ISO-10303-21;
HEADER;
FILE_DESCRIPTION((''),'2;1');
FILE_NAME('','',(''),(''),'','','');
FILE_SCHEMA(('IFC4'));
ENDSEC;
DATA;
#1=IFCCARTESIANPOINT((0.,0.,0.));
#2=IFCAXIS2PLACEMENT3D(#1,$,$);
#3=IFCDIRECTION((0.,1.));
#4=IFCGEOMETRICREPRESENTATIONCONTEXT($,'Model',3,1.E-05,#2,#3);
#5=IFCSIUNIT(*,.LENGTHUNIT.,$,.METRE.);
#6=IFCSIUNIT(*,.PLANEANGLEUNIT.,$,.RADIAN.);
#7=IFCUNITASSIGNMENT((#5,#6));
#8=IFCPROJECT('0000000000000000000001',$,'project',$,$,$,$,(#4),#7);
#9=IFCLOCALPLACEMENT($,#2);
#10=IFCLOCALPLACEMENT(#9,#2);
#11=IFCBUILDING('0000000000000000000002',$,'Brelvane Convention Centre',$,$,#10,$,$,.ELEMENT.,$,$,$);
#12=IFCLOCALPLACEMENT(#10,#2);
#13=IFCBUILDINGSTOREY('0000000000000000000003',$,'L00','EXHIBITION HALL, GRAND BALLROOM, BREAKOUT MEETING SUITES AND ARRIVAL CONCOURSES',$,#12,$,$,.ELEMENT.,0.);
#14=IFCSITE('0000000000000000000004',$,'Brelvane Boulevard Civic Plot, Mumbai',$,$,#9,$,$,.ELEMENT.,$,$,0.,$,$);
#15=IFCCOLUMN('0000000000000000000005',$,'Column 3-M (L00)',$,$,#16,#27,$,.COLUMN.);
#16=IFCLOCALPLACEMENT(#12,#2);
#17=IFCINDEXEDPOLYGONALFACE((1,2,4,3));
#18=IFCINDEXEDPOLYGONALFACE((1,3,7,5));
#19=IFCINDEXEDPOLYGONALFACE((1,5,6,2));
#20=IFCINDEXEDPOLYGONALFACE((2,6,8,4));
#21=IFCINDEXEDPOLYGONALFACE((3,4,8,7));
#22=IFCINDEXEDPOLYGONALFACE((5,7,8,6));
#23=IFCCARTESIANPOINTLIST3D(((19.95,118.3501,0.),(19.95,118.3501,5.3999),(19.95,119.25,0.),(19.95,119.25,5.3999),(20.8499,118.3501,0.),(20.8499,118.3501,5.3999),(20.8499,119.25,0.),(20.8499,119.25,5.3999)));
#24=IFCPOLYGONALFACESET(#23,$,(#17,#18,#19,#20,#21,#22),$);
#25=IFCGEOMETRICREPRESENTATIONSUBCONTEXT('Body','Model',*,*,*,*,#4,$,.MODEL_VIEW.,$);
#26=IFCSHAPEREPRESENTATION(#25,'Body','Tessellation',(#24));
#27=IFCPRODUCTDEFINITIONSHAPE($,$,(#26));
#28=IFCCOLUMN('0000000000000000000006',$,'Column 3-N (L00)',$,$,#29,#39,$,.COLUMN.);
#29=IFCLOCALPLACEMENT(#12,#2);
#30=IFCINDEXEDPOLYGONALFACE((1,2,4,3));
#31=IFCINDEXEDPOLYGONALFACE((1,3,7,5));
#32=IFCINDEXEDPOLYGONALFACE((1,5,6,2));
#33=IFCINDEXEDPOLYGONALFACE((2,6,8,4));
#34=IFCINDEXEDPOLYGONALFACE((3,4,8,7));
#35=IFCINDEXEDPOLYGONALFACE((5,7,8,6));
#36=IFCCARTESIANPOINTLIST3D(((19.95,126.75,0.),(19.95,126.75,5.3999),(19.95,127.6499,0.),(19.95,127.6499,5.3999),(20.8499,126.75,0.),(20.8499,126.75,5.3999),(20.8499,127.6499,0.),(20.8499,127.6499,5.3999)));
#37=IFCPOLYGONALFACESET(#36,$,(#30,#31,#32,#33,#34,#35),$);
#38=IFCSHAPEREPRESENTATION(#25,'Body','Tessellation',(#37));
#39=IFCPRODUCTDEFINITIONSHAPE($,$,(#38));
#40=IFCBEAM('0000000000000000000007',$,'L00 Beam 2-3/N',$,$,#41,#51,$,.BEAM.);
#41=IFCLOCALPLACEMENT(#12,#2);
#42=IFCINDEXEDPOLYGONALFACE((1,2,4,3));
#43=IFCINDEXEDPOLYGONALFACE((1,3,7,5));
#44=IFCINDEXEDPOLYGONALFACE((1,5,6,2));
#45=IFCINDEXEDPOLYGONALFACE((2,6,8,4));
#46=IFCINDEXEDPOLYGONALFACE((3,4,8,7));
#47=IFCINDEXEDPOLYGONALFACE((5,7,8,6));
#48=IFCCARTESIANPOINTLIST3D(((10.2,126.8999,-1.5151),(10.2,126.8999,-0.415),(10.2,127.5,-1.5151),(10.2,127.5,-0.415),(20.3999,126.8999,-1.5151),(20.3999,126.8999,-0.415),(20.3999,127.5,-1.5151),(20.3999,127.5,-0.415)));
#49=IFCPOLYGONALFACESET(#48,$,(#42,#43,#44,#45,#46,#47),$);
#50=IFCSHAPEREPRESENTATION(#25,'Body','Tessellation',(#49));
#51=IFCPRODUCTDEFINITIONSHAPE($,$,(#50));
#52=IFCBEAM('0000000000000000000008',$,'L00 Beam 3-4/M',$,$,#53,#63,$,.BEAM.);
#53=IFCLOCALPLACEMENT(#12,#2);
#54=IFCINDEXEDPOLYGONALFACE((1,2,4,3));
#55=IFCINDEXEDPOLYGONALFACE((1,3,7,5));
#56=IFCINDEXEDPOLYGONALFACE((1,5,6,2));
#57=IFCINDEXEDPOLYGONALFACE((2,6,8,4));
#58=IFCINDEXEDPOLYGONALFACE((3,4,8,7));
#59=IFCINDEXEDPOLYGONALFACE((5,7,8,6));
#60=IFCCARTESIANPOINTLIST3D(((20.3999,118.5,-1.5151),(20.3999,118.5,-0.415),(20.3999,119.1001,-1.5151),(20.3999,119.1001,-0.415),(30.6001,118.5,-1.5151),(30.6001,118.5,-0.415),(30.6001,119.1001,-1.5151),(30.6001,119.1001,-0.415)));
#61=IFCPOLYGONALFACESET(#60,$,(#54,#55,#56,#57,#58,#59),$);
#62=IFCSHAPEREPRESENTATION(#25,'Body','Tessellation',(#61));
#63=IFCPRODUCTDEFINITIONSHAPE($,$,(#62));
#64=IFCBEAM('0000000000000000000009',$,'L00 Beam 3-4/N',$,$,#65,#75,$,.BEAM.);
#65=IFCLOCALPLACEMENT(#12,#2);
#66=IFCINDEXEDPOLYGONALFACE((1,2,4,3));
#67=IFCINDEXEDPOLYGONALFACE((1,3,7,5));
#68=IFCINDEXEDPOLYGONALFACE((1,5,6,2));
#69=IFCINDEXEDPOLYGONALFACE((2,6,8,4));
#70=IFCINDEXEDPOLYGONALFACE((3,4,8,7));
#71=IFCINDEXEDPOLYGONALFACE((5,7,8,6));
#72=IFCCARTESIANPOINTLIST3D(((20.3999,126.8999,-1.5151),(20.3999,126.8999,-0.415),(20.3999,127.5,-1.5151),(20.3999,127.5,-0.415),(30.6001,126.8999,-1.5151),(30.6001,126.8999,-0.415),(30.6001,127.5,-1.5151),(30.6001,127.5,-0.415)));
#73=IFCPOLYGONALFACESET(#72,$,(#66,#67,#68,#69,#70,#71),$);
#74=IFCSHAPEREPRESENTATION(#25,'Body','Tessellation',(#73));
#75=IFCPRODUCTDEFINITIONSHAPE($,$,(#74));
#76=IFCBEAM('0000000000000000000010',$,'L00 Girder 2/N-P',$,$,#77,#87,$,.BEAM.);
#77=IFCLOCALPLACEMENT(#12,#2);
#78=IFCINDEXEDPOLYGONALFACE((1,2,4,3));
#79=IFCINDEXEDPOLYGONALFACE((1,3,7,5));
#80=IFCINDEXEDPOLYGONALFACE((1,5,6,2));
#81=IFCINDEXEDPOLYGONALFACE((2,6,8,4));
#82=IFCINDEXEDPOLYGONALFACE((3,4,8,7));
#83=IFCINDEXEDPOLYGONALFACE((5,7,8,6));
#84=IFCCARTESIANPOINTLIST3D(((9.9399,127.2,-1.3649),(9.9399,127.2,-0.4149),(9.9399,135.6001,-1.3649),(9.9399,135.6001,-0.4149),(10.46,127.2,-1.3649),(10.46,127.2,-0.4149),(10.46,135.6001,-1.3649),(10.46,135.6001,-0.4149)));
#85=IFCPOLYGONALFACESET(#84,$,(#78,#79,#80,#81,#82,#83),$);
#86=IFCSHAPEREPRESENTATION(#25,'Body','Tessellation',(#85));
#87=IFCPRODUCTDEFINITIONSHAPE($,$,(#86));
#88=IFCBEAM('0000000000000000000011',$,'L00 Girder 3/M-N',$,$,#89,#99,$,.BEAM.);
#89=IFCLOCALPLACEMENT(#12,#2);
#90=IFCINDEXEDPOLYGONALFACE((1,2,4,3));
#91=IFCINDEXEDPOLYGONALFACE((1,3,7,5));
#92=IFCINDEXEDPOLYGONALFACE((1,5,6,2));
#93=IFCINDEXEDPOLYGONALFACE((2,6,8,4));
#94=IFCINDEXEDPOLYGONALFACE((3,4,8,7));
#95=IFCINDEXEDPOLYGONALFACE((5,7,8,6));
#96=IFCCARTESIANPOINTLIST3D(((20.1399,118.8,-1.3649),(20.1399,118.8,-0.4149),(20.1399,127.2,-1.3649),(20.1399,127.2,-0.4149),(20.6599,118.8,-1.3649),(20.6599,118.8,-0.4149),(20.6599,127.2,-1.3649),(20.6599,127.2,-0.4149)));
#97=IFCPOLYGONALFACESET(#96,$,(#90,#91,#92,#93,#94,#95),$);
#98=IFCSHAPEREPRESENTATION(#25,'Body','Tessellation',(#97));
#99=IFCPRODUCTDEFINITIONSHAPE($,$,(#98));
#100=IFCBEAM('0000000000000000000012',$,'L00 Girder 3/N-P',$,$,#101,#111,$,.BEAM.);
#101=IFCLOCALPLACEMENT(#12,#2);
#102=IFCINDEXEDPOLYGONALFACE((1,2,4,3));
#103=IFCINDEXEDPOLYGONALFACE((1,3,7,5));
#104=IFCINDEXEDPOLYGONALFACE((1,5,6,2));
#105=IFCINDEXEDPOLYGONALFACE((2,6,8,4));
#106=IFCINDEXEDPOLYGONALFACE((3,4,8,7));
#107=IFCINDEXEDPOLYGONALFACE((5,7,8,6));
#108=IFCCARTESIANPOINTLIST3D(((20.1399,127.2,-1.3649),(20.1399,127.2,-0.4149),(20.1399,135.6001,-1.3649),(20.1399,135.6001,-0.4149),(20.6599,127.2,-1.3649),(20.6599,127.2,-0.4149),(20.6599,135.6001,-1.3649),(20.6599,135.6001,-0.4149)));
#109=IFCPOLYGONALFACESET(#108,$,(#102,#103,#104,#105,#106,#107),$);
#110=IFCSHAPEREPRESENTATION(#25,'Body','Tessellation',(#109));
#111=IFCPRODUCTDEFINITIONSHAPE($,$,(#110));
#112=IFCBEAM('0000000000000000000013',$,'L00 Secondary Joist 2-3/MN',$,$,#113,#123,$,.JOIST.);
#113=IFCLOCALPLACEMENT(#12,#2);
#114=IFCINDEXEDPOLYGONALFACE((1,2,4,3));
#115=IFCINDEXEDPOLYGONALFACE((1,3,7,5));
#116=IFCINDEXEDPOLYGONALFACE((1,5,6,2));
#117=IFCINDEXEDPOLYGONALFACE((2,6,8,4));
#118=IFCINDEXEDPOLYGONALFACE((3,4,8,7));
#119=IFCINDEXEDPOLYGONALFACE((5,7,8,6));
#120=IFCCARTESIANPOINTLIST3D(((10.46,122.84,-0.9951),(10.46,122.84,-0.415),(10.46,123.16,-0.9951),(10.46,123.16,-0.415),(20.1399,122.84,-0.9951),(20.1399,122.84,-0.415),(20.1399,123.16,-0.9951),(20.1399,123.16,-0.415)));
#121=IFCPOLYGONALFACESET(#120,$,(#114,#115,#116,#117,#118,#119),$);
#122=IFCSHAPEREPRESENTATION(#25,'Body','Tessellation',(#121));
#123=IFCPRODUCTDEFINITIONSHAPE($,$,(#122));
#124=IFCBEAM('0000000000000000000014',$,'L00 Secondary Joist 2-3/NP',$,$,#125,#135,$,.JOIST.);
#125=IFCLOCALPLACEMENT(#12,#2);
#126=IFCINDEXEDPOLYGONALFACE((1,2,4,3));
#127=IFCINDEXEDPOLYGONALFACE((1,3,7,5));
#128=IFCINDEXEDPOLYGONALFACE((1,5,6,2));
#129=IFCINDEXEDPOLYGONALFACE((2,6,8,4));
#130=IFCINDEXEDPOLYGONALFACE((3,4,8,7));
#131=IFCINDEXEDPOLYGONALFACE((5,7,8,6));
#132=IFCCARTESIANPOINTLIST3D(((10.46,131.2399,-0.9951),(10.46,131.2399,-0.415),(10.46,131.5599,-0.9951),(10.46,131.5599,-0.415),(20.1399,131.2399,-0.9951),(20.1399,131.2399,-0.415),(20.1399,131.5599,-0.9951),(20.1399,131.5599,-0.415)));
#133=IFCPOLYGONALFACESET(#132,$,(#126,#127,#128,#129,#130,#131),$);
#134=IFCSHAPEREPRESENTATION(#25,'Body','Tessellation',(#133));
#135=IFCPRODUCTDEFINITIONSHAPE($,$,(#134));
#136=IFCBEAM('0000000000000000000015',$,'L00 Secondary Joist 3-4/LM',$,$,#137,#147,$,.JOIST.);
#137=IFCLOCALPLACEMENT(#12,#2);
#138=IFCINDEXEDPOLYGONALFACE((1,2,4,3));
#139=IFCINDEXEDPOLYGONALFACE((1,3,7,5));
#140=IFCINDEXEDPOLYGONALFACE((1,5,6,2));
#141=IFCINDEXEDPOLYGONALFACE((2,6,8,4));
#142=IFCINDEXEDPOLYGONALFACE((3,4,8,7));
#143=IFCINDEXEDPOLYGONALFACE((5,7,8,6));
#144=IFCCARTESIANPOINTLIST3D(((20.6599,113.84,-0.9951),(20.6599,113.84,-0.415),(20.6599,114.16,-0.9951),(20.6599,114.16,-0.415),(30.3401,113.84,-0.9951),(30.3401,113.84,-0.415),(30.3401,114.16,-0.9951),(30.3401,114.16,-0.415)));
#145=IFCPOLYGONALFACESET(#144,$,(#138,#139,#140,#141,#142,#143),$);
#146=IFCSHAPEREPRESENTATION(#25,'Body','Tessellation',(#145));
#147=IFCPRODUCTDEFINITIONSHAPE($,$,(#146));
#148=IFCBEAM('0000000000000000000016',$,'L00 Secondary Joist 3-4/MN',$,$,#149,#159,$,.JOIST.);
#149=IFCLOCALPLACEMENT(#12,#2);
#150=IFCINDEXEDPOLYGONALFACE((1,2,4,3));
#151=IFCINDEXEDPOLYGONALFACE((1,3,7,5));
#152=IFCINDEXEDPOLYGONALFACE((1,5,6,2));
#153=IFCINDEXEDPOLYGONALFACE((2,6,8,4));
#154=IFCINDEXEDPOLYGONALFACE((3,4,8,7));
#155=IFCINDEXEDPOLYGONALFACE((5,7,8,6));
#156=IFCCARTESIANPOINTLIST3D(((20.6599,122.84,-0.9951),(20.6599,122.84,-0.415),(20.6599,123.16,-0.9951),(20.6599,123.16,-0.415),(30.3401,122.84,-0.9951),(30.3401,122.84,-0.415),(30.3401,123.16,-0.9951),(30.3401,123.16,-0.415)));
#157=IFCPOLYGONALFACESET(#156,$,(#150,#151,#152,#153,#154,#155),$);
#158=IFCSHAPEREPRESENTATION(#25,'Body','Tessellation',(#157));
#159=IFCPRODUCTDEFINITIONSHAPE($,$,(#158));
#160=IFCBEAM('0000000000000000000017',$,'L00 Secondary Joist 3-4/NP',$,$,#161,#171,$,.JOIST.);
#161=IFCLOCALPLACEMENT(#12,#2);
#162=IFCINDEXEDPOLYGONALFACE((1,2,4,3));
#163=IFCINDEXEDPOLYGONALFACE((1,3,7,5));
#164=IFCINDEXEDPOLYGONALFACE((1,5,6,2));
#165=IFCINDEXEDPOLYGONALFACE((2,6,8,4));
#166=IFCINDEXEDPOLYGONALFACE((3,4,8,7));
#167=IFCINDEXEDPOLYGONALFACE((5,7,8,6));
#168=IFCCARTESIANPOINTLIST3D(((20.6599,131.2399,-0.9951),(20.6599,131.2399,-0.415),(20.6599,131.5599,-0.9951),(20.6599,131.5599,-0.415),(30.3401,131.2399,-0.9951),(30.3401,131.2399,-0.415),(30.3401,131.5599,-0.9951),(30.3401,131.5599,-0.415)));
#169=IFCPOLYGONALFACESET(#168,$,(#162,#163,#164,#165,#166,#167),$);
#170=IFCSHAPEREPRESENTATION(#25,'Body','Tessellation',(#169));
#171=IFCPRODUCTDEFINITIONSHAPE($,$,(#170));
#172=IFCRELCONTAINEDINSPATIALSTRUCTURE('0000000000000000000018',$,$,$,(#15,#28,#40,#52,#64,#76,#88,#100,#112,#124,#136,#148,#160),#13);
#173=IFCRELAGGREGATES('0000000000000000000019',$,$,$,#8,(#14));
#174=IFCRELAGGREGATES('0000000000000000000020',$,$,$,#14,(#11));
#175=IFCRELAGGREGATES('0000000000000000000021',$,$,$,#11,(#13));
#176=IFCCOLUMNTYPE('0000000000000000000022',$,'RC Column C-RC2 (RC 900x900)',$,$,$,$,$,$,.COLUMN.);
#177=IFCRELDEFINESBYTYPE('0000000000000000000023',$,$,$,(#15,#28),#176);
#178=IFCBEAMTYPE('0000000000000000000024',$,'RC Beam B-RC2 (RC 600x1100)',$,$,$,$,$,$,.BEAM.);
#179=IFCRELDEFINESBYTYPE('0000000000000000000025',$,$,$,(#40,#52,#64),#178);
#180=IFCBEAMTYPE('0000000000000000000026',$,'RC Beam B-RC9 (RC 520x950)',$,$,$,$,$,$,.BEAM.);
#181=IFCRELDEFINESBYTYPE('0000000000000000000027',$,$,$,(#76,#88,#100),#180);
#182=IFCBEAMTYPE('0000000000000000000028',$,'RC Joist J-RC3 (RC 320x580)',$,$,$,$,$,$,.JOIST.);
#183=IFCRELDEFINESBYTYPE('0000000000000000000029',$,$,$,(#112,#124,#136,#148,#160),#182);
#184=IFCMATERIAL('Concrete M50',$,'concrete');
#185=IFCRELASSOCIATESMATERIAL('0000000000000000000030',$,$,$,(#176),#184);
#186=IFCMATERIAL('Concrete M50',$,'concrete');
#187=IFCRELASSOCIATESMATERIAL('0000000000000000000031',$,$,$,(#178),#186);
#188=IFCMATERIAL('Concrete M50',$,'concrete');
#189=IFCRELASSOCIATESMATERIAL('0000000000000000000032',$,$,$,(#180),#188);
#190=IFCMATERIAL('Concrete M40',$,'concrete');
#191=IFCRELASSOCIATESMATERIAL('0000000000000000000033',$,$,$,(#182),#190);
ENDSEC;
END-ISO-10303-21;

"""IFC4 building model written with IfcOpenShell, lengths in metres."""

from ifc_helpers import new_model, si_unit, direction, frame, origin, origin_2d, place, context, subcontext, project, spatial, rectangle, extrude, material, material_profile, profile_set, type_object, element, save


model = new_model("IFC4")

# Units and contexts
model_context = context("Model", 3, precision=1e-05, world=origin(), true_north=direction((0.0, 1.0)))
body_context = subcontext(model_context, "Body", "Model", "MODEL_VIEW")
ifc_project = project(units=[si_unit("LENGTHUNIT", "METRE"), si_unit("PLANEANGLEUNIT", "RADIAN")], contexts=[model_context])

# Site, building, storey
site_placement = place(None, origin())
site = spatial("IfcSite", under=ifc_project, at=site_placement, Name="Brelvane Boulevard Civic Plot, Mumbai", CompositionType="ELEMENT", RefElevation=0.0)
building_placement = place(site_placement, origin())
building = spatial("IfcBuilding", under=site, at=building_placement, Name="Brelvane Convention Centre", CompositionType="ELEMENT")
storey_placement = place(building_placement, origin())
storey = spatial("IfcBuildingStorey", under=building, at=storey_placement, Name="L00", Description="EXHIBITION HALL, GRAND BALLROOM, BREAKOUT MEETING SUITES AND ARRIVAL CONCOURSES", CompositionType="ELEMENT", Elevation=0.0)

# Columns
ifc_material_1 = material(Name="Concrete M50", Category="concrete")
ifc_material_profile_1 = material_profile(ifc_material_1, rectangle(XDim=0.8999, YDim=0.8999, at=origin_2d()), Name="RC 900x900")
ifc_profile_set_1 = profile_set([ifc_material_profile_1], Name="Concrete M50")
column_type = type_object("IfcColumnType", Name="RC Column C-RC2 (RC 900x900)", PredefinedType="COLUMN", material=ifc_profile_set_1)
for number, where, z_axis, x_axis, name in (
    (1, (20.3999, 118.8, 0.0), (0.0, 0.0, 1.0), (1.0, 0.0, 0.0), "Column 3-M (L00)"),
    (2, (20.3999, 127.2, 0.0), (0.0, 0.0, 1.0), (1.0, 0.0, 0.0), "Column 3-N (L00)"),
):
    element("IfcColumn", number, at=place(storey_placement, frame(where, z_axis=z_axis, x_axis=x_axis)), inside=storey, type_object=column_type, Name=name, PredefinedType="COLUMN", context=body_context, shape_type="SweptSolid", body=[
        extrude(rectangle(XDim=0.8999, YDim=0.8999, at=origin_2d()), origin(), (0.0, 0.0, 1.0), 5.3999),
    ])

# Beams
ifc_material_2 = material(Name="Concrete M50", Category="concrete")
ifc_material_profile_2 = material_profile(ifc_material_2, rectangle(XDim=0.6001, YDim=1.1001, at=origin_2d()), Name="RC 600x1100")
ifc_profile_set_2 = profile_set([ifc_material_profile_2], Name="Concrete M50")
beam_type_1 = type_object("IfcBeamType", Name="RC Beam B-RC2 (RC 600x1100)", PredefinedType="BEAM", material=ifc_profile_set_2)
beam_1_placement = place(storey_placement, frame((10.2, 127.2, -0.9651), z_axis=(1.0, 0.0, 0.0), x_axis=(0.0, 1.0, 0.0)))
element("IfcBeam", 3, at=beam_1_placement, inside=storey, type_object=beam_type_1, Name="L00 Beam 2-3/N", PredefinedType="BEAM", context=body_context, shape_type="SweptSolid", body=[
    extrude(rectangle(XDim=0.6001, YDim=1.1001, at=origin_2d()), origin(), (0.0, 0.0, 1.0), 10.2),
])
for number, where, z_axis, x_axis, name in (
    (4, (20.3999, 118.8, -0.9651), (1.0, 0.0, 0.0), (0.0, 1.0, 0.0), "L00 Beam 3-4/M"),
    (5, (20.3999, 127.2, -0.9651), (1.0, 0.0, 0.0), (0.0, 1.0, 0.0), "L00 Beam 3-4/N"),
):
    element("IfcBeam", number, at=place(storey_placement, frame(where, z_axis=z_axis, x_axis=x_axis)), inside=storey, type_object=beam_type_1, Name=name, PredefinedType="BEAM", context=body_context, shape_type="SweptSolid", body=[
        extrude(rectangle(XDim=0.6001, YDim=1.1001, at=origin_2d()), origin(), (0.0, 0.0, 1.0), 10.2002),
    ])
ifc_material_3 = material(Name="Concrete M50", Category="concrete")
ifc_material_profile_3 = material_profile(ifc_material_3, rectangle(XDim=0.52, YDim=0.95, at=origin_2d()), Name="RC 520x950")
ifc_profile_set_3 = profile_set([ifc_material_profile_3], Name="Concrete M50")
beam_type_2 = type_object("IfcBeamType", Name="RC Beam B-RC9 (RC 520x950)", PredefinedType="BEAM", material=ifc_profile_set_3)
beam_2_placement = place(storey_placement, frame((10.2, 127.2, -0.8899), z_axis=(0.0, 1.0, 0.0), x_axis=(-1.0, 0.0, 0.0)))
element("IfcBeam", 6, at=beam_2_placement, inside=storey, type_object=beam_type_2, Name="L00 Girder 2/N-P", PredefinedType="BEAM", context=body_context, shape_type="SweptSolid", body=[
    extrude(rectangle(XDim=0.52, YDim=0.95, at=origin_2d()), origin(), (0.0, 0.0, 1.0), 8.4001),
])
beam_3_placement = place(storey_placement, frame((20.3999, 118.8, -0.8899), z_axis=(0.0, 1.0, 0.0), x_axis=(-1.0, 0.0, 0.0)))
element("IfcBeam", 7, at=beam_3_placement, inside=storey, type_object=beam_type_2, Name="L00 Girder 3/M-N", PredefinedType="BEAM", context=body_context, shape_type="SweptSolid", body=[
    extrude(rectangle(XDim=0.52, YDim=0.95, at=origin_2d()), origin(), (0.0, 0.0, 1.0), 8.3999),
])
beam_4_placement = place(storey_placement, frame((20.3999, 127.2, -0.8899), z_axis=(0.0, 1.0, 0.0), x_axis=(-1.0, 0.0, 0.0)))
element("IfcBeam", 8, at=beam_4_placement, inside=storey, type_object=beam_type_2, Name="L00 Girder 3/N-P", PredefinedType="BEAM", context=body_context, shape_type="SweptSolid", body=[
    extrude(rectangle(XDim=0.52, YDim=0.95, at=origin_2d()), origin(), (0.0, 0.0, 1.0), 8.4001),
])
ifc_material_4 = material(Name="Concrete M40", Category="concrete")
ifc_material_profile_4 = material_profile(ifc_material_4, rectangle(XDim=0.3201, YDim=0.5801, at=origin_2d()), Name="RC 320x580")
ifc_profile_set_4 = profile_set([ifc_material_profile_4], Name="Concrete M40")
beam_type_3 = type_object("IfcBeamType", Name="RC Joist J-RC3 (RC 320x580)", PredefinedType="JOIST", material=ifc_profile_set_4)
for number, where, z_axis, x_axis, name in (
    (9, (10.46, 123.0, -0.7051), (1.0, 0.0, 0.0), (0.0, 1.0, 0.0), "L00 Secondary Joist 2-3/MN"),
    (10, (10.46, 131.3999, -0.7051), (1.0, 0.0, 0.0), (0.0, 1.0, 0.0), "L00 Secondary Joist 2-3/NP"),
):
    element("IfcBeam", number, at=place(storey_placement, frame(where, z_axis=z_axis, x_axis=x_axis)), inside=storey, type_object=beam_type_3, Name=name, PredefinedType="JOIST", context=body_context, shape_type="SweptSolid", body=[
        extrude(rectangle(XDim=0.3201, YDim=0.5801, at=origin_2d()), origin(), (0.0, 0.0, 1.0), 9.6799),
    ])
for number, where, z_axis, x_axis, name in (
    (11, (20.6599, 114.0, -0.7051), (1.0, 0.0, 0.0), (0.0, 1.0, 0.0), "L00 Secondary Joist 3-4/LM"),
    (12, (20.6599, 123.0, -0.7051), (1.0, 0.0, 0.0), (0.0, 1.0, 0.0), "L00 Secondary Joist 3-4/MN"),
    (13, (20.6599, 131.3999, -0.7051), (1.0, 0.0, 0.0), (0.0, 1.0, 0.0), "L00 Secondary Joist 3-4/NP"),
):
    element("IfcBeam", number, at=place(storey_placement, frame(where, z_axis=z_axis, x_axis=x_axis)), inside=storey, type_object=beam_type_3, Name=name, PredefinedType="JOIST", context=body_context, shape_type="SweptSolid", body=[
        extrude(rectangle(XDim=0.3201, YDim=0.5801, at=origin_2d()), origin(), (0.0, 0.0, 1.0), 9.6802),
    ])

save(model, "model.ifc")
